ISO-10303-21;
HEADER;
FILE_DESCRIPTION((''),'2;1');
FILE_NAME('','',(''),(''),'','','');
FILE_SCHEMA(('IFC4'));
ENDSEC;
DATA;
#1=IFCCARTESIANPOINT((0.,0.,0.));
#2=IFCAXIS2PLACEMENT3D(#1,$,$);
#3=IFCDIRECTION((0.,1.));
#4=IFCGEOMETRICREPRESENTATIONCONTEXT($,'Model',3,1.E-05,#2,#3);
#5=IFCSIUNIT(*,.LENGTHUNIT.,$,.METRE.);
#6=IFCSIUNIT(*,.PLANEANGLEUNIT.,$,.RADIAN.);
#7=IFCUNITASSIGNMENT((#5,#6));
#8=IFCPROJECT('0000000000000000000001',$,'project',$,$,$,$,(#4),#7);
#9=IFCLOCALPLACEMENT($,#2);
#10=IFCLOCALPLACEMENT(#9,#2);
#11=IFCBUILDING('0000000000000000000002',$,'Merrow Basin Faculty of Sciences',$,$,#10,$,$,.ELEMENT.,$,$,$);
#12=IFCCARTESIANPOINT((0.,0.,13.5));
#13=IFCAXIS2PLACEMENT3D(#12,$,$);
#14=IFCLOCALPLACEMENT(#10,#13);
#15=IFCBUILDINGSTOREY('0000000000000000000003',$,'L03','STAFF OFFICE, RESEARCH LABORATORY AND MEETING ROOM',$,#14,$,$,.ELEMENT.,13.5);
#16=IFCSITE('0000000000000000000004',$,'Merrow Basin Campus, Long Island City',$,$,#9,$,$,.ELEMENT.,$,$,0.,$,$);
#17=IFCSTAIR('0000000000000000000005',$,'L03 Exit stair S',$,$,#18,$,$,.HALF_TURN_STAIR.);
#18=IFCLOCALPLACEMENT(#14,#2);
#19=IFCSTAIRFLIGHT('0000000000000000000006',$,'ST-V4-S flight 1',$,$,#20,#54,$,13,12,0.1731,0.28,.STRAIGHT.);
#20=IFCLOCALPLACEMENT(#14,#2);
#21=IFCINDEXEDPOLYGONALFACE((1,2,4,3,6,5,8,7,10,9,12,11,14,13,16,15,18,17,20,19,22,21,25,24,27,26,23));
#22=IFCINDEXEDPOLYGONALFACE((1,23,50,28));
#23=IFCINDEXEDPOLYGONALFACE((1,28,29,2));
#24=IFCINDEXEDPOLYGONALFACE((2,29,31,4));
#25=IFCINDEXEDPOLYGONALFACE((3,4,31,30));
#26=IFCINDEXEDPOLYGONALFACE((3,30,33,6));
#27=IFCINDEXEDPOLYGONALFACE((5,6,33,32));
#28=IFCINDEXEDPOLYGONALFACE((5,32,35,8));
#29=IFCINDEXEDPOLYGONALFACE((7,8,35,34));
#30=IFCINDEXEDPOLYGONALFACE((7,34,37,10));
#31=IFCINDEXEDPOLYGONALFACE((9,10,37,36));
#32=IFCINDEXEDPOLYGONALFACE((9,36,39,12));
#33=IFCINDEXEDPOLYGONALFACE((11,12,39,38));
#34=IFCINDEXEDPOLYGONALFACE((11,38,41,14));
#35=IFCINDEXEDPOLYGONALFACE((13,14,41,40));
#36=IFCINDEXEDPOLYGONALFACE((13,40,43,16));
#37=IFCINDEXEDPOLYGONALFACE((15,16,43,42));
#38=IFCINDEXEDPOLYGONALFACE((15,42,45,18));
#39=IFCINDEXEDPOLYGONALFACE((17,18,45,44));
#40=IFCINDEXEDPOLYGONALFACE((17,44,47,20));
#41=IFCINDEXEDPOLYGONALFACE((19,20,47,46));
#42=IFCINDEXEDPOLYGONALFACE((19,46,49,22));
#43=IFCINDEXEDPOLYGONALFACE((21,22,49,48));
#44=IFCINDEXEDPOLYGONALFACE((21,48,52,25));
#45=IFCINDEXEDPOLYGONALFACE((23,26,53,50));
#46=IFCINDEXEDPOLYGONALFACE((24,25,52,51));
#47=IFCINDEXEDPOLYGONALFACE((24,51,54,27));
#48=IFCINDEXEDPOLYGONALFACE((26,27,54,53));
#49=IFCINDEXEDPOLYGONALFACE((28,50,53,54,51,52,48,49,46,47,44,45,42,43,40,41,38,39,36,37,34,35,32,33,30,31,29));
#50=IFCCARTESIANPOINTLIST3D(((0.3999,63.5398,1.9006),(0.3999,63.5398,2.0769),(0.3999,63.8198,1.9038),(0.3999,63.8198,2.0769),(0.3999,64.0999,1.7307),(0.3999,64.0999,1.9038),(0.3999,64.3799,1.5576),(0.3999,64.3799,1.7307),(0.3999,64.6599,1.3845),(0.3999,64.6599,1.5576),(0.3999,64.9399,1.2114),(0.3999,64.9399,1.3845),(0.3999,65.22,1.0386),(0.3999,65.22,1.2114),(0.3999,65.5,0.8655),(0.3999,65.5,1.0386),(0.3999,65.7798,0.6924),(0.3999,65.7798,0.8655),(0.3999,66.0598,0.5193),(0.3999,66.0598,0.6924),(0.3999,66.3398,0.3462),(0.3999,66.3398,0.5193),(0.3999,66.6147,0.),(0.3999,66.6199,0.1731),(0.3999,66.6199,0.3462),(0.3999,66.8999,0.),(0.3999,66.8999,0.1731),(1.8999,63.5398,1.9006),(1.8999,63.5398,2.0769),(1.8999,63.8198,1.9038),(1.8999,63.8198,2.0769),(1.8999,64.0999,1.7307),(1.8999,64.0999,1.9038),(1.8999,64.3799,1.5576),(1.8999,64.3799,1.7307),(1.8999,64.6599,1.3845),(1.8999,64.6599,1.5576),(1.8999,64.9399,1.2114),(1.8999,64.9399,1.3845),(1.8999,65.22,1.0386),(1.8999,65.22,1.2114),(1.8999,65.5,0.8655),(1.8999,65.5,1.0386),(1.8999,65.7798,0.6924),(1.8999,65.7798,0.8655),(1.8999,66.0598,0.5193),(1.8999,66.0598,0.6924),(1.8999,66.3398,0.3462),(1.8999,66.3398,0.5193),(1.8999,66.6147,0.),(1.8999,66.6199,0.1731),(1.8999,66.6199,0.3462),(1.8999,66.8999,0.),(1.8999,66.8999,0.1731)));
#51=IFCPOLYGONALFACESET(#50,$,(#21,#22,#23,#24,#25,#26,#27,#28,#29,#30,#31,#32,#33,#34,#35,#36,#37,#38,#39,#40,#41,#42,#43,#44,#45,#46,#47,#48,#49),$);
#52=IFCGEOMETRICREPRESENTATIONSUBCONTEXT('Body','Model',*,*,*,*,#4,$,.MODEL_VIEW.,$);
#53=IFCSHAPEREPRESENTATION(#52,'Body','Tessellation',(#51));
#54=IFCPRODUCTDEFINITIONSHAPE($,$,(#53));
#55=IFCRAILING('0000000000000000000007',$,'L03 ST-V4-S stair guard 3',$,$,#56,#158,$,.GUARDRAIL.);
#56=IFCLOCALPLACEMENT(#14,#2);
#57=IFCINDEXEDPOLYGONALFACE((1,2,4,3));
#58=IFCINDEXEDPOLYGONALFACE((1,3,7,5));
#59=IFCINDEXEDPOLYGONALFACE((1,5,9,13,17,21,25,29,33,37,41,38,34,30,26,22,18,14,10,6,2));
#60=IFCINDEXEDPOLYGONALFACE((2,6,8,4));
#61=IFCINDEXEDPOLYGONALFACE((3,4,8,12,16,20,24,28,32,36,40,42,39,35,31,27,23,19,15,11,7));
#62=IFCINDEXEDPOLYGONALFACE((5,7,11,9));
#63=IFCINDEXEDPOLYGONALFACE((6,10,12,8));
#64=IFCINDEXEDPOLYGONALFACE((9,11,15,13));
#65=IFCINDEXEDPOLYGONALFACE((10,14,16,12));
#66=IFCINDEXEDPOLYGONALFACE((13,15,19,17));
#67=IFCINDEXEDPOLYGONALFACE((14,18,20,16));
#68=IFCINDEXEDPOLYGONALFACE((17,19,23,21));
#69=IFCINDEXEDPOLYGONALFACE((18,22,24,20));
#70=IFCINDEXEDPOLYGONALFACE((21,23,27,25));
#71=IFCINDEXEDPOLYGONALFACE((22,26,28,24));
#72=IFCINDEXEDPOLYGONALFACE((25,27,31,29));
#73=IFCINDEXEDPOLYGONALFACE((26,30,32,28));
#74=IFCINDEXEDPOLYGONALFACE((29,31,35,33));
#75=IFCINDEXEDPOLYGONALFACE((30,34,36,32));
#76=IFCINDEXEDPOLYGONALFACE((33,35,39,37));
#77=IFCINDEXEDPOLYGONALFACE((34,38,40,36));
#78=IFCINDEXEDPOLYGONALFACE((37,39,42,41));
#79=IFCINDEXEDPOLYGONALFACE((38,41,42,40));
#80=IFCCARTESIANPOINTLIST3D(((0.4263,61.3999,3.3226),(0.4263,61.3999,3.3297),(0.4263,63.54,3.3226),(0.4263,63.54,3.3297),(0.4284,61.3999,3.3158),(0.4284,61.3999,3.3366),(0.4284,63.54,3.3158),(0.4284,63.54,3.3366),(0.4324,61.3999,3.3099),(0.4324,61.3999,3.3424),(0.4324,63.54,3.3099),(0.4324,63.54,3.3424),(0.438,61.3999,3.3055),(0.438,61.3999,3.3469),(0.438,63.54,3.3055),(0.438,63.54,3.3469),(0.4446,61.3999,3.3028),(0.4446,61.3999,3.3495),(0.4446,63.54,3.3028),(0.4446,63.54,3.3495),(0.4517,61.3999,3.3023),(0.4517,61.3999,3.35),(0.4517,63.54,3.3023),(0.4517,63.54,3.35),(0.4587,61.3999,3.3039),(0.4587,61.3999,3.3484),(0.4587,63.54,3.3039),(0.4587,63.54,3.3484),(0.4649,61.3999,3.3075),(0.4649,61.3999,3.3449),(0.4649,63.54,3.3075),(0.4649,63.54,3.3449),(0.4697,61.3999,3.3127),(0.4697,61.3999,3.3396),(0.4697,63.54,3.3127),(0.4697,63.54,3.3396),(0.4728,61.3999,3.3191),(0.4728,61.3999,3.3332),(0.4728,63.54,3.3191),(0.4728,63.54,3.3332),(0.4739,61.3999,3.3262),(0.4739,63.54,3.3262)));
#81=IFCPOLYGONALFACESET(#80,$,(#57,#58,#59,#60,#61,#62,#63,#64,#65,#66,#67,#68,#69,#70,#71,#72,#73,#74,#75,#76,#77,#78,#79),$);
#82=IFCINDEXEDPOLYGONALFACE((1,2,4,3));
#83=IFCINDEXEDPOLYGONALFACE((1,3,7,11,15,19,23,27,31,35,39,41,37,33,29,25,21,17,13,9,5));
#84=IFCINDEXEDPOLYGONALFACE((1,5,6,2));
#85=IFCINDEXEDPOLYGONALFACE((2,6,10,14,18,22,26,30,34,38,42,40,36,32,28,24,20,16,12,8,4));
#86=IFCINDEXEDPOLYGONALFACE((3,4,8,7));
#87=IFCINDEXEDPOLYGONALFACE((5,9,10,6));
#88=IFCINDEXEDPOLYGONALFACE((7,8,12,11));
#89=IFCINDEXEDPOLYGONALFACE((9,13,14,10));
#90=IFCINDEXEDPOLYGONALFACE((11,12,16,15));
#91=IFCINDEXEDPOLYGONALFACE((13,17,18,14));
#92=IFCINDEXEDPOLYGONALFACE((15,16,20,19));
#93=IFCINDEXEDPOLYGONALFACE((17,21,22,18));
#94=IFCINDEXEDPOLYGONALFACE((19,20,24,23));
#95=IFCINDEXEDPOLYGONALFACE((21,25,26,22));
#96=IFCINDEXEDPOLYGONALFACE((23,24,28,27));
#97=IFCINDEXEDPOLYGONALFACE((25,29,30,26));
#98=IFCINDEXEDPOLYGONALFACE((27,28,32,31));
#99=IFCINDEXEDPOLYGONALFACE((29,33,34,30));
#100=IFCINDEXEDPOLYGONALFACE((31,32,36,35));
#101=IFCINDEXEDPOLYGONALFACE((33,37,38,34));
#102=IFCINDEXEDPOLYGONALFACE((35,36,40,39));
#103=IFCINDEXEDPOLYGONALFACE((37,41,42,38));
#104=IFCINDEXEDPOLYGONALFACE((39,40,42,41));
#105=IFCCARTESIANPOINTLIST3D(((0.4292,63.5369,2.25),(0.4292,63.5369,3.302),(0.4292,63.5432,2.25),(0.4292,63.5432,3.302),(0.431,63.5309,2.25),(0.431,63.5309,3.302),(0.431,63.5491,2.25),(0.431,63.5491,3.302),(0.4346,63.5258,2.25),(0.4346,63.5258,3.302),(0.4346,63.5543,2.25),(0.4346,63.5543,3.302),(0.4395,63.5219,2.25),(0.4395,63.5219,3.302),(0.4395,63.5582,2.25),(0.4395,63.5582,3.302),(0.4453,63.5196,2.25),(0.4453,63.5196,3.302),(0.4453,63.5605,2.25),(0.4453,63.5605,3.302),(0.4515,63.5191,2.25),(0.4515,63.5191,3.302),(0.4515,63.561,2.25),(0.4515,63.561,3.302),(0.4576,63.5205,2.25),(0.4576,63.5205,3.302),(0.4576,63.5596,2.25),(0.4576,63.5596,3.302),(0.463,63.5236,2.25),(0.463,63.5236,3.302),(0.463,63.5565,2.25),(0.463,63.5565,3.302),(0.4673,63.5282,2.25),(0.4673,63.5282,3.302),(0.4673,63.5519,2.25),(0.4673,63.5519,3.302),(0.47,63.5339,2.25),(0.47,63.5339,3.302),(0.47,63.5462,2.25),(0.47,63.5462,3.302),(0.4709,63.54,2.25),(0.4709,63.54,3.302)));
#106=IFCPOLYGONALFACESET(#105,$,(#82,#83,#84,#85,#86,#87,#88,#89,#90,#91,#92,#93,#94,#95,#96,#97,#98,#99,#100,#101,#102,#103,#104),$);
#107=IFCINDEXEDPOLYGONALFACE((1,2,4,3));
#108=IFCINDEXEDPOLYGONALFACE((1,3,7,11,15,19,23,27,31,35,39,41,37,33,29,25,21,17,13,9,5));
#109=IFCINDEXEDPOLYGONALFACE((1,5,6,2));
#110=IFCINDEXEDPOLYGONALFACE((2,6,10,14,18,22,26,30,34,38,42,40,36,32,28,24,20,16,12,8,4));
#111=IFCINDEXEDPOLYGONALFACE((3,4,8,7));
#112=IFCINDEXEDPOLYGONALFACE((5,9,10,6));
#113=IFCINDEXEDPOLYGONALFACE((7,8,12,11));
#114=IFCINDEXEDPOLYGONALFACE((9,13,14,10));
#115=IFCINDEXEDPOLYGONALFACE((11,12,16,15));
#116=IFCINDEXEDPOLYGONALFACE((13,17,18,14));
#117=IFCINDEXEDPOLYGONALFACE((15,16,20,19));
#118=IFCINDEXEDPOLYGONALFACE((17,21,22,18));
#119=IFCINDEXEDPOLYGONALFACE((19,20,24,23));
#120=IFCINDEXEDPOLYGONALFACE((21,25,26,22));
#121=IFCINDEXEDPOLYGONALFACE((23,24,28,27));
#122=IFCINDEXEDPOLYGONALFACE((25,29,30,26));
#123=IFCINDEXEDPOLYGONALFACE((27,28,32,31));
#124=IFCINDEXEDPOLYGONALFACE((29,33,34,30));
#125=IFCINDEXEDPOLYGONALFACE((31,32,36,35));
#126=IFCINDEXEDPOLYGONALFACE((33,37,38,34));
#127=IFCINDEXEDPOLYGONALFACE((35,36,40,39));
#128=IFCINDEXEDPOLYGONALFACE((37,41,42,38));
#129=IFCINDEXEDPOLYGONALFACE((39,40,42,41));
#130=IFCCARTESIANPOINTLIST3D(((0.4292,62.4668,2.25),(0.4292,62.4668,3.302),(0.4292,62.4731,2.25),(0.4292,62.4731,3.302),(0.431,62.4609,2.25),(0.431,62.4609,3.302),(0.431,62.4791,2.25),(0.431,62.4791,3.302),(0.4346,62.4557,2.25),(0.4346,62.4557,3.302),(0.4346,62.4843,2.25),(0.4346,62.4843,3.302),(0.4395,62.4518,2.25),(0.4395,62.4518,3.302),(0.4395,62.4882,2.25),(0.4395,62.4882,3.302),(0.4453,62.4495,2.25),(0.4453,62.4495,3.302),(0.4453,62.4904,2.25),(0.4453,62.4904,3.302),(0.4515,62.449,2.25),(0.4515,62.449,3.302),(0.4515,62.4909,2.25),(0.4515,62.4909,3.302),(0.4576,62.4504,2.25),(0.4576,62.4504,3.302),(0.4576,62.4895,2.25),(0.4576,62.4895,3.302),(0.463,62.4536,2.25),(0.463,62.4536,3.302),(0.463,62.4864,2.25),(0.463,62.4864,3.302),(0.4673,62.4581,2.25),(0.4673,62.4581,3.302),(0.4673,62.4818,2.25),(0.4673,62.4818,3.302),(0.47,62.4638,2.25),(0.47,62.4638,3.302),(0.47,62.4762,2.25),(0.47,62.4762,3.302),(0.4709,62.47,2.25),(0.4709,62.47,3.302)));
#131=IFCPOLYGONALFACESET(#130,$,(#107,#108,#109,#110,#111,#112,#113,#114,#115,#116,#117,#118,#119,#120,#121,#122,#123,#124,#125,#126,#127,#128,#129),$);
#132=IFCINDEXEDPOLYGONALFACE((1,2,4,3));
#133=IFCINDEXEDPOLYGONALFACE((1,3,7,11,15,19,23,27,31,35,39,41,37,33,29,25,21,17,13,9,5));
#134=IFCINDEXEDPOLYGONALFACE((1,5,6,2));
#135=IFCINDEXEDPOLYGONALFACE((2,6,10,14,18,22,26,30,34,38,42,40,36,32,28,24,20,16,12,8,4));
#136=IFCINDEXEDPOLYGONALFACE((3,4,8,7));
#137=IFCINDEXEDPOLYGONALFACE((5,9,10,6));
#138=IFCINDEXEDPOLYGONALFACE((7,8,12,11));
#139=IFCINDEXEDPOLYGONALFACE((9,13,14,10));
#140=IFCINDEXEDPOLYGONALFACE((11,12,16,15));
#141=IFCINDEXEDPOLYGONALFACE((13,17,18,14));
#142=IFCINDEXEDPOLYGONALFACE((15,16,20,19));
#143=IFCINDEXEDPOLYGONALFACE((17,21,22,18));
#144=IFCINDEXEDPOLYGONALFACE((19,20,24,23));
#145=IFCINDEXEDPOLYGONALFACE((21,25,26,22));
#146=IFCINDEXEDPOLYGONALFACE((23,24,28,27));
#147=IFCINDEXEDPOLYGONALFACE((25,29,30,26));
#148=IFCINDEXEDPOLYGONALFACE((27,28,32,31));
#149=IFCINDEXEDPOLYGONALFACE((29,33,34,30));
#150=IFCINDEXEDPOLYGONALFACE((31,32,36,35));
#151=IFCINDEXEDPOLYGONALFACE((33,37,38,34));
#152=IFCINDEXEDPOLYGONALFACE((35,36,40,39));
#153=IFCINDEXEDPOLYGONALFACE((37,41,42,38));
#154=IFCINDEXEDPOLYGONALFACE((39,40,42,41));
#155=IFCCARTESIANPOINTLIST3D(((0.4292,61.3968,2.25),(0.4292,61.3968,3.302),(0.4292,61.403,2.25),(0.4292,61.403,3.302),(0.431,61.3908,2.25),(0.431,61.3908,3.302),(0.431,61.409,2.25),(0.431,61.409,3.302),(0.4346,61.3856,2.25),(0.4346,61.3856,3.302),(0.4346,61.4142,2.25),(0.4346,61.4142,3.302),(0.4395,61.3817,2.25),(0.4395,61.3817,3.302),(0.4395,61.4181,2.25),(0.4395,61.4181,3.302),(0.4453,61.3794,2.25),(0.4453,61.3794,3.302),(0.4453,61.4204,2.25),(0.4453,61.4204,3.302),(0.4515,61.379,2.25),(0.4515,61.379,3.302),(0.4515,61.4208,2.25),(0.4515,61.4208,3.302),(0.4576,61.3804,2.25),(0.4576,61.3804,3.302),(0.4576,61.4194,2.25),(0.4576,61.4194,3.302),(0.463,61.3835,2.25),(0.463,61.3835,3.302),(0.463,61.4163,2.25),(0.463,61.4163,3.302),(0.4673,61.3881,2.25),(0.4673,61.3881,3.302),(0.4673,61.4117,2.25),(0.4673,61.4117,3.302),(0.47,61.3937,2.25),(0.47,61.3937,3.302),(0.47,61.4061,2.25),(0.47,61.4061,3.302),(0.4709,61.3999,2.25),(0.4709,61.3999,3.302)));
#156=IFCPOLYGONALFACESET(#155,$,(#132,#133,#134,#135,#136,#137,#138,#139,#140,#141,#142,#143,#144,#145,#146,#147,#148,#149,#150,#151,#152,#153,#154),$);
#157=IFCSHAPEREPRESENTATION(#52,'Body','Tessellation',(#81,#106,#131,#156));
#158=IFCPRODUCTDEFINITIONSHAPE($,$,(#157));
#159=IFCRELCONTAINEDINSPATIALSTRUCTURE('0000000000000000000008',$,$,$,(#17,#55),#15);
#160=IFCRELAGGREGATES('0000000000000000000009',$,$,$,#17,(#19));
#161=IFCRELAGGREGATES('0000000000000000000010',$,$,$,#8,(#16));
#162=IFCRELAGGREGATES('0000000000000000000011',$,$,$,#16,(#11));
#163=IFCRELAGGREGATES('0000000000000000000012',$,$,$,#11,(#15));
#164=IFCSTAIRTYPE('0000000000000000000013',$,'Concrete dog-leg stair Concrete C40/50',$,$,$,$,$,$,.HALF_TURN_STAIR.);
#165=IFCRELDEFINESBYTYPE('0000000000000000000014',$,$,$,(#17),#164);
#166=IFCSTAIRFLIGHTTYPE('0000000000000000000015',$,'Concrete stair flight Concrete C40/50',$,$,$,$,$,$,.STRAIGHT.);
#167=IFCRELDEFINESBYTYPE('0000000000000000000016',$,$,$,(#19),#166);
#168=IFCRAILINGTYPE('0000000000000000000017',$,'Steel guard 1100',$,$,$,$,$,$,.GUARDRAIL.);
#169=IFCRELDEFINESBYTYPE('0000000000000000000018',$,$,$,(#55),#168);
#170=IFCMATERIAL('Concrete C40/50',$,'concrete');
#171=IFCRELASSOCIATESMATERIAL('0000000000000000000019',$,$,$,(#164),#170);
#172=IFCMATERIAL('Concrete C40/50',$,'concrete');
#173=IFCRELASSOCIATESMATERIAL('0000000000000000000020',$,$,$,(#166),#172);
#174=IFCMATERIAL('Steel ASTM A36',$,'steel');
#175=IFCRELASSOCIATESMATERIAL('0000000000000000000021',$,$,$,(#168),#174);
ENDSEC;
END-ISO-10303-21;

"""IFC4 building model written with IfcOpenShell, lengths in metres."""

from ifc_helpers import new_model, si_unit, direction, frame, origin, origin_2d, place, context, subcontext, project, spatial, polyline, circle, outline, extrude, material, type_object, element, aggregate, save


model = new_model("IFC4")

# Units and contexts
model_context = context("Model", 3, precision=1e-05, world=origin(), true_north=direction((0.0, 1.0)))
body_context = subcontext(model_context, "Body", "Model", "MODEL_VIEW")
ifc_project = project(units=[si_unit("LENGTHUNIT", "METRE"), si_unit("PLANEANGLEUNIT", "RADIAN")], contexts=[model_context])

# Site, building, storey
site_placement = place(None, origin())
site = spatial("IfcSite", under=ifc_project, at=site_placement, Name="Merrow Basin Campus, Long Island City", CompositionType="ELEMENT", RefElevation=0.0)
building_placement = place(site_placement, origin())
building = spatial("IfcBuilding", under=site, at=building_placement, Name="Merrow Basin Faculty of Sciences", CompositionType="ELEMENT")
storey_placement = place(building_placement, frame((0.0, 0.0, 13.5)))
storey = spatial("IfcBuildingStorey", under=building, at=storey_placement, Name="L03", Description="STAFF OFFICE, RESEARCH LABORATORY AND MEETING ROOM", CompositionType="ELEMENT", Elevation=13.5)

# Stair, stair flight
ifc_material_1 = material(Name="Concrete C40/50", Category="concrete")
stair_type = type_object("IfcStairType", Name="Concrete dog-leg stair Concrete C40/50", PredefinedType="HALF_TURN_STAIR", material=ifc_material_1)
stair_placement = place(storey_placement, origin())
stair = element("IfcStair", 1, at=stair_placement, inside=storey, type_object=stair_type, Name="L03 Exit stair S", PredefinedType="HALF_TURN_STAIR")
ifc_material_2 = material(Name="Concrete C40/50", Category="concrete")
stair_flight_type = type_object("IfcStairFlightType", Name="Concrete stair flight Concrete C40/50", PredefinedType="STRAIGHT", material=ifc_material_2)
stair_flight_placement = place(storey_placement, frame((1.1499, 66.8999, 0.0), z_axis=(0.0, 0.0, 1.0), x_axis=(0.0, -1.0, 0.0)))
stair_flight = element("IfcStairFlight", 2, at=stair_flight_placement, type_object=stair_flight_type, Name="ST-V4-S flight 1", NumberOfRisers=13, NumberOfTreads=12, PredefinedType="STRAIGHT", RiserHeight=0.1731, TreadLength=0.28, context=body_context, shape_type="SweptSolid", body=[
    extrude(outline(polyline([(0.0, 0.0), (0.0, 0.1731), (0.28, 0.1731), (0.28, 0.3462), (0.5601, 0.3462), (0.5601, 0.5193), (0.8401, 0.5193), (0.8401, 0.6924), (1.1201, 0.6924), (1.1201, 0.8655), (1.3999, 0.8655), (1.3999, 1.0386), (1.6799, 1.0386), (1.6799, 1.2114), (1.96, 1.2114), (1.96, 1.3845), (2.24, 1.3845), (2.24, 1.5576), (2.52, 1.5576), (2.52, 1.7307), (2.8, 1.7307), (2.8, 1.9038), (3.0801, 1.9038), (3.0801, 2.0769), (3.3601, 2.0769), (3.3601, 2.25), (3.3601, 1.9006), (0.2852, 0.0), (0.0, 0.0)])), frame((0.0, 0.75, 0.0), z_axis=(0.0, -1.0, 0.0), x_axis=(1.0, 0.0, 0.0)), (0.0, 0.0, 1.0), 1.5),
])
aggregate(stair, [stair_flight])

# Railing
ifc_material_3 = material(Name="Steel ASTM A36", Category="steel")
railing_type_1 = type_object("IfcRailingType", Name="Steel guard 1100", PredefinedType="GUARDRAIL", material=ifc_material_3)
railing_1_placement = place(storey_placement, frame((0.45, 63.54, 2.25)))
element("IfcRailing", 3, at=railing_1_placement, inside=storey, type_object=railing_type_1, Name="L03 ST-V4-S stair guard 3", PredefinedType="GUARDRAIL", context=body_context, shape_type="SweptSolid", body=[
    extrude(circle(Radius=0.0239, at=origin_2d()), frame((0.0, 0.0, 1.0762), z_axis=(0.0, -1.0, 0.0), x_axis=(1.0, 0.0, 0.0)), (0.0, 0.0, 1.0), 2.1401),
    extrude(circle(Radius=0.021, at=origin_2d()), origin(), (0.0, 0.0, 1.0), 1.052),
    extrude(circle(Radius=0.021, at=origin_2d()), frame((0.0, -1.0701, 0.0)), (0.0, 0.0, 1.0), 1.052),
    extrude(circle(Radius=0.021, at=origin_2d()), frame((0.0, -2.1401, 0.0)), (0.0, 0.0, 1.0), 1.052),
])

save(model, "model.ifc")
